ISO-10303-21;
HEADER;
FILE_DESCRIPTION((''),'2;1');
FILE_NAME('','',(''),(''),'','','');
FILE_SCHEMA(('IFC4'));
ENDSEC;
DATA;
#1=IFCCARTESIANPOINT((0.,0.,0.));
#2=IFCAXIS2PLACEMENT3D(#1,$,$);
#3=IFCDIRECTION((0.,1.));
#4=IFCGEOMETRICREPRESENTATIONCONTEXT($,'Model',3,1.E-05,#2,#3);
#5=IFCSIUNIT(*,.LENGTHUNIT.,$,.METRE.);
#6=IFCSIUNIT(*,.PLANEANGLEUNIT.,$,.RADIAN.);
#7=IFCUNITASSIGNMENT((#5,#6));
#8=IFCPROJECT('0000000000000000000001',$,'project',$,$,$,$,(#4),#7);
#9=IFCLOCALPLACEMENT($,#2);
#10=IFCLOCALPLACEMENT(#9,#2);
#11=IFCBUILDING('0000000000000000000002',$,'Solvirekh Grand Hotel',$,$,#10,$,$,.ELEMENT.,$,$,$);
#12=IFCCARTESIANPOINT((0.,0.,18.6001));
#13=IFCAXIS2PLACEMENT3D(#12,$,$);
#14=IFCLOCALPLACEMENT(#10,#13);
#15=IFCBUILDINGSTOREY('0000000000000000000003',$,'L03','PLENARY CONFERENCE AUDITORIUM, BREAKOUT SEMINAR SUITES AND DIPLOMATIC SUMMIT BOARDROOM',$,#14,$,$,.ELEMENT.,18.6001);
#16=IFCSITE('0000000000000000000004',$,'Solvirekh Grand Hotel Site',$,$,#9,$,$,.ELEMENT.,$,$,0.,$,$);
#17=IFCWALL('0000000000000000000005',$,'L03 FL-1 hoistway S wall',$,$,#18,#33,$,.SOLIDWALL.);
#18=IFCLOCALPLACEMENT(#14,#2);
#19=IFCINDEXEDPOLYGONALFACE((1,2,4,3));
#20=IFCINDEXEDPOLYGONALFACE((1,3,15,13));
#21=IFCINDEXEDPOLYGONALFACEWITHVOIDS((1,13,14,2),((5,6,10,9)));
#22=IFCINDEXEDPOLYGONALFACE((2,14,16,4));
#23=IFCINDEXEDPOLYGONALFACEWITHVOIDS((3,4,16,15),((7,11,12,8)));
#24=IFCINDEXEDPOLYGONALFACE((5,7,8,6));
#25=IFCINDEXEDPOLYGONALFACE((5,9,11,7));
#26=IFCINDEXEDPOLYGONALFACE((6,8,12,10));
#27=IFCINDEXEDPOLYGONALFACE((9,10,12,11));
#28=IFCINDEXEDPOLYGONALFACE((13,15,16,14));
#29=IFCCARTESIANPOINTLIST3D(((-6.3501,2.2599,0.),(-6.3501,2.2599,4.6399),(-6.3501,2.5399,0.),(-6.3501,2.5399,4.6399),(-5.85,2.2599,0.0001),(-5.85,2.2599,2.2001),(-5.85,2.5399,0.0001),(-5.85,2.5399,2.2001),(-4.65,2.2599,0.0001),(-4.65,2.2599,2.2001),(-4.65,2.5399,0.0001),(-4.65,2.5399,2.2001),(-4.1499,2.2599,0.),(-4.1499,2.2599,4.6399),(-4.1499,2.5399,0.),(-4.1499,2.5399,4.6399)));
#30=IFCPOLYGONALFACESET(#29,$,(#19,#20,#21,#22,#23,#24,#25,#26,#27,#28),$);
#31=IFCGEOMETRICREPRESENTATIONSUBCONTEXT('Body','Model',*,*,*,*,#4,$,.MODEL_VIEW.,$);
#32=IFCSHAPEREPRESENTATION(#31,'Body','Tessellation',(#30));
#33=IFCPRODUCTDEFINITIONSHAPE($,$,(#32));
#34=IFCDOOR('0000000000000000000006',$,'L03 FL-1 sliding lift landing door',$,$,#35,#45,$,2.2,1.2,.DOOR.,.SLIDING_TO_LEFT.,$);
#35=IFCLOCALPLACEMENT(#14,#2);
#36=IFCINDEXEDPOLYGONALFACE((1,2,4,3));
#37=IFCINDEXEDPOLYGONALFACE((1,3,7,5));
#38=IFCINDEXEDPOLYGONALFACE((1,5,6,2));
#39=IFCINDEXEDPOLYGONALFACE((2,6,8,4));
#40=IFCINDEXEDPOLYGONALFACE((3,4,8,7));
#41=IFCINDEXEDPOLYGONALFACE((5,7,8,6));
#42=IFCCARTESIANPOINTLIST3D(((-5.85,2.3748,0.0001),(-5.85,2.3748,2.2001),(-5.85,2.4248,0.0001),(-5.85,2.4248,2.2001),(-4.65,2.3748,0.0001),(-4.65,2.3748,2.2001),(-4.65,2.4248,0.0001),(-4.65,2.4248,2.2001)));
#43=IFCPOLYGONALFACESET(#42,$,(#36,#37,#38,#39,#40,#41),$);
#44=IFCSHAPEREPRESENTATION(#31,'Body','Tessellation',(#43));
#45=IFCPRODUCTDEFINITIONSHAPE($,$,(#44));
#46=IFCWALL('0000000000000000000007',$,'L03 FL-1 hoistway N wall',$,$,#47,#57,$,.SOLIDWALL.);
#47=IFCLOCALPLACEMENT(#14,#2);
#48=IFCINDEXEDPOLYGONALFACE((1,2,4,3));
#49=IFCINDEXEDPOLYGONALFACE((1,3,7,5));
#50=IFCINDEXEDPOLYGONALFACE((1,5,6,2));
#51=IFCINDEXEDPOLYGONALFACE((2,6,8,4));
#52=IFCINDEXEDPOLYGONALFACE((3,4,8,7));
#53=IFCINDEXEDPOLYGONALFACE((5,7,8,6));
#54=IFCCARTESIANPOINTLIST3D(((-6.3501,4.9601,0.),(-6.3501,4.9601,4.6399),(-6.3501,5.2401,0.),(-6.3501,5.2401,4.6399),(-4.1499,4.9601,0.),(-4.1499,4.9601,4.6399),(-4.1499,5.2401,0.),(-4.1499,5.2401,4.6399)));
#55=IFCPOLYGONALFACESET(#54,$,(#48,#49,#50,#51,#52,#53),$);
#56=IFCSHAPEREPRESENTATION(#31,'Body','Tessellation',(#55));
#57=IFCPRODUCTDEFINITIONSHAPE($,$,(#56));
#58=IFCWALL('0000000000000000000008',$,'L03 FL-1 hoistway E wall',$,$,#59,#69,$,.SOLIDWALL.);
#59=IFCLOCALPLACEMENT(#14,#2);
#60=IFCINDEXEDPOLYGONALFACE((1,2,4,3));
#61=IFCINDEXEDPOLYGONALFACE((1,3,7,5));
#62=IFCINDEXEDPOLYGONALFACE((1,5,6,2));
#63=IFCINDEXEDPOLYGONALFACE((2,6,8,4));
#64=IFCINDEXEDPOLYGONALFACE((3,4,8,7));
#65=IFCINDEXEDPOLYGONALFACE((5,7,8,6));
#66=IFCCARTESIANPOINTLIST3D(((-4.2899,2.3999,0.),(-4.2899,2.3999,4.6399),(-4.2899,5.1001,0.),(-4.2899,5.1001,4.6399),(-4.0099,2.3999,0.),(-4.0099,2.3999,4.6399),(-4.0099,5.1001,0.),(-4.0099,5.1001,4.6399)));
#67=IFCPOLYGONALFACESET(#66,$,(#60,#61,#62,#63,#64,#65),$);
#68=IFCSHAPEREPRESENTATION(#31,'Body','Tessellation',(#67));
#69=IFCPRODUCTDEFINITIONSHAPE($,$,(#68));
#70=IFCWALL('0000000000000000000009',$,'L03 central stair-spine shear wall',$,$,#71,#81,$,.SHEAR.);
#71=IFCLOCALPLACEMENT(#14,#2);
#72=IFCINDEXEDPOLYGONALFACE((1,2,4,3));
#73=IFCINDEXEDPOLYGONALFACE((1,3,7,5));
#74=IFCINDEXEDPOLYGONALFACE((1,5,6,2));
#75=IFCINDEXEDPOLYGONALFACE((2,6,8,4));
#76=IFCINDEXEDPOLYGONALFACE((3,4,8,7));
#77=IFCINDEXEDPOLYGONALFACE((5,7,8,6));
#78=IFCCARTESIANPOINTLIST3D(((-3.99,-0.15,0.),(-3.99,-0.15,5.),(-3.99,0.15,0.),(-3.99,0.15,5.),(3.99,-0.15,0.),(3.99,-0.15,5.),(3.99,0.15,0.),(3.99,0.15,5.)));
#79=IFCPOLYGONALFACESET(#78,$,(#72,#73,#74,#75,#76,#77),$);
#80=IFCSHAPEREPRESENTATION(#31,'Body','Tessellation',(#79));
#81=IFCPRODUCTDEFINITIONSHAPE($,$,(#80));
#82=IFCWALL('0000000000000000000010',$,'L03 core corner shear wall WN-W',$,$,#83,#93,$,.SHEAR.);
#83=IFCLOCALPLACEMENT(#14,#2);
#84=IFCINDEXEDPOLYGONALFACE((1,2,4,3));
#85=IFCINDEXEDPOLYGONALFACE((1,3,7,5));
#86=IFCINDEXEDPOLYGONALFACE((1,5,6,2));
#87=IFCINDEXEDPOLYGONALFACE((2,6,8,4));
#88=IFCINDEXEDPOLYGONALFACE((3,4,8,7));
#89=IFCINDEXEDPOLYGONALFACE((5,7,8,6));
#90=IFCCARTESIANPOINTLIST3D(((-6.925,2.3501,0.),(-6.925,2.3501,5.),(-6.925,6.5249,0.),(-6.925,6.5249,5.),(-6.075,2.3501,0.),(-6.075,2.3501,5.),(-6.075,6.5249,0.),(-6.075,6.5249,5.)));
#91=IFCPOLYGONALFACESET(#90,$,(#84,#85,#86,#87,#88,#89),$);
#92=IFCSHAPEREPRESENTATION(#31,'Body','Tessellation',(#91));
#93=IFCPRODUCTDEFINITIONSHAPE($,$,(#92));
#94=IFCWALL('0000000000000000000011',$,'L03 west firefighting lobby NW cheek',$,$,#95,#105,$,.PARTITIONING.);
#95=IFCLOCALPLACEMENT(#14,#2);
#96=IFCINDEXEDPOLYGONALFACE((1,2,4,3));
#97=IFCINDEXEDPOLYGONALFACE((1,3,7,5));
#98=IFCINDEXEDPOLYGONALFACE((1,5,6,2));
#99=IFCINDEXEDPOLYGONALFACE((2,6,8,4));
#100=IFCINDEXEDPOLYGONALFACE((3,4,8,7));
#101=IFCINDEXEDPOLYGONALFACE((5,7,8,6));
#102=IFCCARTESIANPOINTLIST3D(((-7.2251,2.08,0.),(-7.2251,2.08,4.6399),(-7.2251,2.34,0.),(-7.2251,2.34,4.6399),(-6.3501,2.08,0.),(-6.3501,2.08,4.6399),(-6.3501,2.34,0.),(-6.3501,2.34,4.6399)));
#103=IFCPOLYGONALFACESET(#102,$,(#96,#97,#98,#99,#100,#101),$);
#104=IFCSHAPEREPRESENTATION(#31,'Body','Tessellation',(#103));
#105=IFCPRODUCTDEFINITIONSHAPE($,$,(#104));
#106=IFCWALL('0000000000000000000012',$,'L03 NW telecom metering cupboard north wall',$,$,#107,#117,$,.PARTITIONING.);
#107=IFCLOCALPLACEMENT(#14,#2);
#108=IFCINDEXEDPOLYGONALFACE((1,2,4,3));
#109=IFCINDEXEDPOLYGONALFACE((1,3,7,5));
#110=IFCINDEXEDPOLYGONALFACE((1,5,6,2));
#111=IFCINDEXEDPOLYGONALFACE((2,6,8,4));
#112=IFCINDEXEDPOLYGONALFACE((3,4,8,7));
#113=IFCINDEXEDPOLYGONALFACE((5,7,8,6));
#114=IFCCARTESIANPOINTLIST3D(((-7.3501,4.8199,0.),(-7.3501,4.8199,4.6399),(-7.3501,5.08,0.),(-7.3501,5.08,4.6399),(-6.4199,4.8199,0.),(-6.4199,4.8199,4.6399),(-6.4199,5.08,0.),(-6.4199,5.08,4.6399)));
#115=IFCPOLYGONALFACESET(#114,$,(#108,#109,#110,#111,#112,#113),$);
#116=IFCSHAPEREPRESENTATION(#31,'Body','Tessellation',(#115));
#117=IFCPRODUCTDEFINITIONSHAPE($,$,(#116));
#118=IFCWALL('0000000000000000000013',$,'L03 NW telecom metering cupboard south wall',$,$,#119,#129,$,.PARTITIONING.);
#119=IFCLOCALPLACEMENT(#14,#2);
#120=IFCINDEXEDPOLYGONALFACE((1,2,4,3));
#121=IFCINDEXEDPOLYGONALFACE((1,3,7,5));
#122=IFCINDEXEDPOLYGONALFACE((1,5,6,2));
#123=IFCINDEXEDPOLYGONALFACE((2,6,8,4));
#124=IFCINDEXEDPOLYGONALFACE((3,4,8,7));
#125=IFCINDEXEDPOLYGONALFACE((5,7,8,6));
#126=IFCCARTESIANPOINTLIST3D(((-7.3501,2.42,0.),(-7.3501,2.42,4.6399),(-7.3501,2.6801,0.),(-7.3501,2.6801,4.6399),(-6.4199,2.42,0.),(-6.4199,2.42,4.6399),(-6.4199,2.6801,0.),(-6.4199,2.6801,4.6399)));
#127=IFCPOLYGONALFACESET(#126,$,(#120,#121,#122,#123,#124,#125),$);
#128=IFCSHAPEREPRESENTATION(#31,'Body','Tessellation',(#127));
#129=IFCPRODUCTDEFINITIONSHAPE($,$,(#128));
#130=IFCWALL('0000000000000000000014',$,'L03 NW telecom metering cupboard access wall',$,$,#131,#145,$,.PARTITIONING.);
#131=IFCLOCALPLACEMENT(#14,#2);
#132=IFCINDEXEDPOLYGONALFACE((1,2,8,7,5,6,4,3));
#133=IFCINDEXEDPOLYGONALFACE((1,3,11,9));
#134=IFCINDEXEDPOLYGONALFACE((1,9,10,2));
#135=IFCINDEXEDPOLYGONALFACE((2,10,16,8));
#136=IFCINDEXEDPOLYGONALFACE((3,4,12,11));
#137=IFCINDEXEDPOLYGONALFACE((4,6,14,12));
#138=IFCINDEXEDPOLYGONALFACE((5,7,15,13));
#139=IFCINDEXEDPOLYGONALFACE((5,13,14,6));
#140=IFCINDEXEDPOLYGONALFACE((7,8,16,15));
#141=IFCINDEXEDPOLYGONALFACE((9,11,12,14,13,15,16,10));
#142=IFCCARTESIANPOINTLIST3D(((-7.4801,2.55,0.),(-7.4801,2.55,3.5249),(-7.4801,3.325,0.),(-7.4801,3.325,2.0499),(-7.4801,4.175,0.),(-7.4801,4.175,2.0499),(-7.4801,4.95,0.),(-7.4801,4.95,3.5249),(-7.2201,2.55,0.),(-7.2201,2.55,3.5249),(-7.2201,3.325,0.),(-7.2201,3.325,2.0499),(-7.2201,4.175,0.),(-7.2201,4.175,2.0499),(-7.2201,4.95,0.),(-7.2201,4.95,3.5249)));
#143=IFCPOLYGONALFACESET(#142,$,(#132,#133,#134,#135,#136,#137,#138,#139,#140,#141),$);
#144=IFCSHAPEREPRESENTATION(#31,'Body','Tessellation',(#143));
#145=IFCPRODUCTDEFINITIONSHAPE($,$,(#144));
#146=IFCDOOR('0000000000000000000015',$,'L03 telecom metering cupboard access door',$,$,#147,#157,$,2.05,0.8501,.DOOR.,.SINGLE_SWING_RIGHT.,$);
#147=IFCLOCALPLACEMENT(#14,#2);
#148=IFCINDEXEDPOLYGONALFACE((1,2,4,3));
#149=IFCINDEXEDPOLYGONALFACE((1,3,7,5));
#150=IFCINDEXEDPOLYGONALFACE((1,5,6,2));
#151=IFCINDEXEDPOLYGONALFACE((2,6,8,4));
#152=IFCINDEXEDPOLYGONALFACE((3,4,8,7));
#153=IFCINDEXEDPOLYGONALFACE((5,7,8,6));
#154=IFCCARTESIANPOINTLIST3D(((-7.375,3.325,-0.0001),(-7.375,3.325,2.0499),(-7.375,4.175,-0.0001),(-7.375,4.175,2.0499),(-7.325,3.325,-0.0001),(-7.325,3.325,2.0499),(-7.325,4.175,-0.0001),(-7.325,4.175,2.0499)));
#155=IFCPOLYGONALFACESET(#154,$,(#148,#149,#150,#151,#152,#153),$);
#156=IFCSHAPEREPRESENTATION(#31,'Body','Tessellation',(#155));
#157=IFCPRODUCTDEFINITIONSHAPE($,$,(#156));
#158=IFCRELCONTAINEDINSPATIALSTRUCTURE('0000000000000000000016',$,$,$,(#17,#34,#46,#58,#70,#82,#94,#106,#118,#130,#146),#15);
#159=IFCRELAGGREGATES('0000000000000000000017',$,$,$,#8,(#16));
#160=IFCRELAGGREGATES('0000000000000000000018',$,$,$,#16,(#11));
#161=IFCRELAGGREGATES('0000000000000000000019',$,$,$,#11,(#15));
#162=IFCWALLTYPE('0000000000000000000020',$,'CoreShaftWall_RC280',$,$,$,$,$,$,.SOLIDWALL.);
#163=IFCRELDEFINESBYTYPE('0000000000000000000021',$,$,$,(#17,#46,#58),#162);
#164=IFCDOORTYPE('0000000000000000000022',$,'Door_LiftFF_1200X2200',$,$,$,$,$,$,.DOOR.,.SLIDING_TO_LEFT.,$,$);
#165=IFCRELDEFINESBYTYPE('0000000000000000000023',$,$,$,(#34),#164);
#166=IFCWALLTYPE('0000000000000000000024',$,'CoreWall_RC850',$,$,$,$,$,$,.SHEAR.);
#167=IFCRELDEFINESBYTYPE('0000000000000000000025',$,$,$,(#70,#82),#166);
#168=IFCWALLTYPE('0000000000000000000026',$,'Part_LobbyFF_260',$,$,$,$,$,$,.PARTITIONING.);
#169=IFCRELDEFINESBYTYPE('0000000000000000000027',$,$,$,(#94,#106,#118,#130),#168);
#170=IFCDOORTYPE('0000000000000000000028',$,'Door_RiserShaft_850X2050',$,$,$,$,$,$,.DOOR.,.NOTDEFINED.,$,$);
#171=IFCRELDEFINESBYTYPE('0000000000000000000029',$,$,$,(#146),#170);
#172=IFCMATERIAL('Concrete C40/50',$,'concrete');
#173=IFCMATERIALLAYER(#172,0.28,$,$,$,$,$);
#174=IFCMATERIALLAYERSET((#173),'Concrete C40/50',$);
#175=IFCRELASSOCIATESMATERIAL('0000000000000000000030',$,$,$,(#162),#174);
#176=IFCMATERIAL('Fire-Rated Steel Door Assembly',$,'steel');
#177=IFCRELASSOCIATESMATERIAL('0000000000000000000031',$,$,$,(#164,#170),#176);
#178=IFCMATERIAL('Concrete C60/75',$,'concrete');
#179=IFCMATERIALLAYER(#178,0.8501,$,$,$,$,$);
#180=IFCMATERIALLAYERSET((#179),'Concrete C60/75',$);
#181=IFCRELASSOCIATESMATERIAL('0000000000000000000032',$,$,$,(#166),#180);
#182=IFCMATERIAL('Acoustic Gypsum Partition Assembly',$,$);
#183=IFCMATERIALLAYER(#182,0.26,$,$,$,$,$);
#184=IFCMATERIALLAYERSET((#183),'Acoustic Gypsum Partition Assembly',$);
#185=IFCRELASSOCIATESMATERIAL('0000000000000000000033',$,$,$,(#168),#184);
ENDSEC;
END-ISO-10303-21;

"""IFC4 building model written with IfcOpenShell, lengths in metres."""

from ifc_helpers import new_model, si_unit, direction, frame, frame_2d, origin, place, context, subcontext, project, spatial, rectangle, extrude, material, layer, layer_set, type_object, element, fill, save


model = new_model("IFC4")

# Units and contexts
model_context = context("Model", 3, precision=1e-05, world=origin(), true_north=direction((0.0, 1.0)))
body_context = subcontext(model_context, "Body", "Model", "MODEL_VIEW")
ifc_project = project(units=[si_unit("LENGTHUNIT", "METRE"), si_unit("PLANEANGLEUNIT", "RADIAN")], contexts=[model_context])

# Site, building, storey
site_placement = place(None, origin())
site = spatial("IfcSite", under=ifc_project, at=site_placement, Name="Solvirekh Grand Hotel Site", CompositionType="ELEMENT", RefElevation=0.0)
building_placement = place(site_placement, origin())
building = spatial("IfcBuilding", under=site, at=building_placement, Name="Solvirekh Grand Hotel", CompositionType="ELEMENT")
storey_placement = place(building_placement, frame((0.0, 0.0, 18.6001)))
storey = spatial("IfcBuildingStorey", under=building, at=storey_placement, Name="L03", Description="PLENARY CONFERENCE AUDITORIUM, BREAKOUT SEMINAR SUITES AND DIPLOMATIC SUMMIT BOARDROOM", CompositionType="ELEMENT", Elevation=18.6001)

# Shared definitions
ifc_material_1 = material(Name="Concrete C60/75", Category="concrete")

# Shared definitions
ifc_material_2 = material(Name="Concrete C40/50", Category="concrete")
ifc_layer_1 = layer(ifc_material_2, 0.28)
ifc_layer_set_1 = layer_set([ifc_layer_1], Name="Concrete C40/50")
wall_type_1 = type_object("IfcWallType", Name="CoreShaftWall_RC280", PredefinedType="SOLIDWALL", material=ifc_layer_set_1)

# Wall, opening, door
wall_1_placement = place(storey_placement, frame((-6.3501, 2.3999, 0.0), z_axis=(0.0, 0.0, 1.0), x_axis=(1.0, 0.0, 0.0)))
wall_1 = element("IfcWall", 1, at=wall_1_placement, inside=storey, type_object=wall_type_1, Name="L03 FL-1 hoistway S wall", PredefinedType="SOLIDWALL", context=body_context, shape_type="SweptSolid", body=[
    extrude(rectangle(XDim=2.2002, YDim=0.28, at=frame_2d((1.1001, 0.0))), origin(), (0.0, 0.0, 1.0), 4.6399),
])
opening_1_placement = place(wall_1_placement, frame((0.5, 0.0, 0.0)))
opening_1 = element("IfcOpeningElement", 2, at=opening_1_placement, cuts=wall_1, PredefinedType="OPENING", context=body_context, shape_type="SweptSolid", body=[
    extrude(rectangle(XDim=1.2, YDim=2.2, at=frame_2d((0.6001, 1.1001))), frame((0.0, 0.1499, 0.0), z_axis=(0.0, -1.0, 0.0), x_axis=(1.0, 0.0, 0.0)), (0.0, 0.0, 1.0), 0.3),
])
ifc_material_3 = material(Name="Fire-Rated Steel Door Assembly", Category="steel")
door_type_1 = type_object("IfcDoorType", Name="Door_LiftFF_1200X2200", OperationType="SLIDING_TO_LEFT", PredefinedType="DOOR", material=ifc_material_3)
door_1_placement = place(opening_1_placement, origin())
door_1 = element("IfcDoor", 3, at=door_1_placement, inside=storey, type_object=door_type_1, Name="L03 FL-1 sliding lift landing door", OperationType="SLIDING_TO_LEFT", OverallHeight=2.2, OverallWidth=1.2, PredefinedType="DOOR", context=body_context, shape_type="SweptSolid", body=[
    extrude(rectangle(XDim=1.2, YDim=2.2, at=frame_2d((0.6001, 1.1001))), frame((0.0, 0.0249, 0.0), z_axis=(0.0, -1.0, 0.0), x_axis=(1.0, 0.0, 0.0)), (0.0, 0.0, 1.0), 0.05),
])
fill(opening_1, door_1)

# Walls
wall_2_placement = place(storey_placement, frame((-4.1499, 5.1001, 0.0), z_axis=(0.0, 0.0, 1.0), x_axis=(-1.0, 0.0, 0.0)))
element("IfcWall", 4, at=wall_2_placement, inside=storey, type_object=wall_type_1, Name="L03 FL-1 hoistway N wall", PredefinedType="SOLIDWALL", context=body_context, shape_type="SweptSolid", body=[
    extrude(rectangle(XDim=2.2002, YDim=0.28, at=frame_2d((1.1001, 0.0))), origin(), (0.0, 0.0, 1.0), 4.6399),
])
wall_3_placement = place(storey_placement, frame((-4.1499, 2.3999, 0.0), z_axis=(0.0, 0.0, 1.0), x_axis=(0.0, 1.0, 0.0)))
element("IfcWall", 5, at=wall_3_placement, inside=storey, type_object=wall_type_1, Name="L03 FL-1 hoistway E wall", PredefinedType="SOLIDWALL", context=body_context, shape_type="SweptSolid", body=[
    extrude(rectangle(XDim=2.7002, YDim=0.28, at=frame_2d((1.3501, 0.0))), origin(), (0.0, 0.0, 1.0), 4.6399),
])
ifc_layer_2 = layer(ifc_material_1, 0.8501)
ifc_layer_set_2 = layer_set([ifc_layer_2], Name="Concrete C60/75")
wall_type_2 = type_object("IfcWallType", Name="CoreWall_RC850", PredefinedType="SHEAR", material=ifc_layer_set_2)
wall_4_placement = place(storey_placement, frame((-3.99, 0.0, 0.0), z_axis=(0.0, 0.0, 1.0), x_axis=(1.0, 0.0, 0.0)))
element("IfcWall", 6, at=wall_4_placement, inside=storey, type_object=wall_type_2, Name="L03 central stair-spine shear wall", PredefinedType="SHEAR", context=body_context, shape_type="SweptSolid", body=[
    extrude(rectangle(XDim=7.98, YDim=0.3, at=frame_2d((3.99, 0.0))), origin(), (0.0, 0.0, 1.0), 5.0),
])
wall_5_placement = place(storey_placement, frame((-6.5, 2.3501, 0.0), z_axis=(0.0, 0.0, 1.0), x_axis=(0.0, 1.0, 0.0)))
element("IfcWall", 7, at=wall_5_placement, inside=storey, type_object=wall_type_2, Name="L03 core corner shear wall WN-W", PredefinedType="SHEAR", context=body_context, shape_type="SweptSolid", body=[
    extrude(rectangle(XDim=4.1748, YDim=0.8501, at=frame_2d((2.0874, 0.0))), origin(), (0.0, 0.0, 1.0), 5.0),
])
ifc_material_4 = material(Name="Acoustic Gypsum Partition Assembly")
ifc_layer_3 = layer(ifc_material_4, 0.26)
ifc_layer_set_3 = layer_set([ifc_layer_3], Name="Acoustic Gypsum Partition Assembly")
wall_type_3 = type_object("IfcWallType", Name="Part_LobbyFF_260", PredefinedType="PARTITIONING", material=ifc_layer_set_3)
wall_6_placement = place(storey_placement, frame((-7.2251, 2.21, 0.0), z_axis=(0.0, 0.0, 1.0), x_axis=(1.0, 0.0, 0.0)))
element("IfcWall", 8, at=wall_6_placement, inside=storey, type_object=wall_type_3, Name="L03 west firefighting lobby NW cheek", PredefinedType="PARTITIONING", context=body_context, shape_type="SweptSolid", body=[
    extrude(rectangle(XDim=0.875, YDim=0.26, at=frame_2d((0.4375, 0.0))), origin(), (0.0, 0.0, 1.0), 4.6399),
])
for number, where, z_axis, x_axis, name in (
    (9, (-7.3501, 4.95, 0.0), (0.0, 0.0, 1.0), (1.0, 0.0, 0.0), "L03 NW telecom metering cupboard north wall"),
    (10, (-7.3501, 2.55, 0.0), (0.0, 0.0, 1.0), (1.0, 0.0, 0.0), "L03 NW telecom metering cupboard south wall"),
):
    element("IfcWall", number, at=place(storey_placement, frame(where, z_axis=z_axis, x_axis=x_axis)), inside=storey, type_object=wall_type_3, Name=name, PredefinedType="PARTITIONING", context=body_context, shape_type="SweptSolid", body=[
        extrude(rectangle(XDim=0.9302, YDim=0.26, at=frame_2d((0.4651, 0.0))), origin(), (0.0, 0.0, 1.0), 4.6399),
    ])

# Wall, opening, door
wall_7_placement = place(storey_placement, frame((-7.3501, 2.55, 0.0), z_axis=(0.0, 0.0, 1.0), x_axis=(0.0, 1.0, 0.0)))
wall_7 = element("IfcWall", 11, at=wall_7_placement, inside=storey, type_object=wall_type_3, Name="L03 NW telecom metering cupboard access wall", PredefinedType="PARTITIONING", context=body_context, shape_type="SweptSolid", body=[
    extrude(rectangle(XDim=2.3999, YDim=0.26, at=frame_2d((1.2, 0.0))), origin(), (0.0, 0.0, 1.0), 3.5249),
])
opening_2_placement = place(wall_7_placement, frame((0.7749, 0.0, 0.0)))
opening_2 = element("IfcOpeningElement", 12, at=opening_2_placement, cuts=wall_7, PredefinedType="OPENING", context=body_context, shape_type="SweptSolid", body=[
    extrude(rectangle(XDim=0.8501, YDim=2.05, at=frame_2d((0.425, 1.0249))), frame((0.0, 0.1401, 0.0), z_axis=(0.0, -1.0, 0.0), x_axis=(1.0, 0.0, 0.0)), (0.0, 0.0, 1.0), 0.28),
])
door_type_2 = type_object("IfcDoorType", Name="Door_RiserShaft_850X2050", OperationType="NOTDEFINED", PredefinedType="DOOR", material=ifc_material_3)
door_2_placement = place(opening_2_placement, origin())
door_2 = element("IfcDoor", 13, at=door_2_placement, inside=storey, type_object=door_type_2, Name="L03 telecom metering cupboard access door", OperationType="SINGLE_SWING_RIGHT", OverallHeight=2.05, OverallWidth=0.8501, PredefinedType="DOOR", context=body_context, shape_type="SweptSolid", body=[
    extrude(rectangle(XDim=0.8501, YDim=2.05, at=frame_2d((0.425, 1.0249))), frame((0.0, 0.0249, 0.0), z_axis=(0.0, -1.0, 0.0), x_axis=(1.0, 0.0, 0.0)), (0.0, 0.0, 1.0), 0.05),
])
fill(opening_2, door_2)

save(model, "model.ifc")
